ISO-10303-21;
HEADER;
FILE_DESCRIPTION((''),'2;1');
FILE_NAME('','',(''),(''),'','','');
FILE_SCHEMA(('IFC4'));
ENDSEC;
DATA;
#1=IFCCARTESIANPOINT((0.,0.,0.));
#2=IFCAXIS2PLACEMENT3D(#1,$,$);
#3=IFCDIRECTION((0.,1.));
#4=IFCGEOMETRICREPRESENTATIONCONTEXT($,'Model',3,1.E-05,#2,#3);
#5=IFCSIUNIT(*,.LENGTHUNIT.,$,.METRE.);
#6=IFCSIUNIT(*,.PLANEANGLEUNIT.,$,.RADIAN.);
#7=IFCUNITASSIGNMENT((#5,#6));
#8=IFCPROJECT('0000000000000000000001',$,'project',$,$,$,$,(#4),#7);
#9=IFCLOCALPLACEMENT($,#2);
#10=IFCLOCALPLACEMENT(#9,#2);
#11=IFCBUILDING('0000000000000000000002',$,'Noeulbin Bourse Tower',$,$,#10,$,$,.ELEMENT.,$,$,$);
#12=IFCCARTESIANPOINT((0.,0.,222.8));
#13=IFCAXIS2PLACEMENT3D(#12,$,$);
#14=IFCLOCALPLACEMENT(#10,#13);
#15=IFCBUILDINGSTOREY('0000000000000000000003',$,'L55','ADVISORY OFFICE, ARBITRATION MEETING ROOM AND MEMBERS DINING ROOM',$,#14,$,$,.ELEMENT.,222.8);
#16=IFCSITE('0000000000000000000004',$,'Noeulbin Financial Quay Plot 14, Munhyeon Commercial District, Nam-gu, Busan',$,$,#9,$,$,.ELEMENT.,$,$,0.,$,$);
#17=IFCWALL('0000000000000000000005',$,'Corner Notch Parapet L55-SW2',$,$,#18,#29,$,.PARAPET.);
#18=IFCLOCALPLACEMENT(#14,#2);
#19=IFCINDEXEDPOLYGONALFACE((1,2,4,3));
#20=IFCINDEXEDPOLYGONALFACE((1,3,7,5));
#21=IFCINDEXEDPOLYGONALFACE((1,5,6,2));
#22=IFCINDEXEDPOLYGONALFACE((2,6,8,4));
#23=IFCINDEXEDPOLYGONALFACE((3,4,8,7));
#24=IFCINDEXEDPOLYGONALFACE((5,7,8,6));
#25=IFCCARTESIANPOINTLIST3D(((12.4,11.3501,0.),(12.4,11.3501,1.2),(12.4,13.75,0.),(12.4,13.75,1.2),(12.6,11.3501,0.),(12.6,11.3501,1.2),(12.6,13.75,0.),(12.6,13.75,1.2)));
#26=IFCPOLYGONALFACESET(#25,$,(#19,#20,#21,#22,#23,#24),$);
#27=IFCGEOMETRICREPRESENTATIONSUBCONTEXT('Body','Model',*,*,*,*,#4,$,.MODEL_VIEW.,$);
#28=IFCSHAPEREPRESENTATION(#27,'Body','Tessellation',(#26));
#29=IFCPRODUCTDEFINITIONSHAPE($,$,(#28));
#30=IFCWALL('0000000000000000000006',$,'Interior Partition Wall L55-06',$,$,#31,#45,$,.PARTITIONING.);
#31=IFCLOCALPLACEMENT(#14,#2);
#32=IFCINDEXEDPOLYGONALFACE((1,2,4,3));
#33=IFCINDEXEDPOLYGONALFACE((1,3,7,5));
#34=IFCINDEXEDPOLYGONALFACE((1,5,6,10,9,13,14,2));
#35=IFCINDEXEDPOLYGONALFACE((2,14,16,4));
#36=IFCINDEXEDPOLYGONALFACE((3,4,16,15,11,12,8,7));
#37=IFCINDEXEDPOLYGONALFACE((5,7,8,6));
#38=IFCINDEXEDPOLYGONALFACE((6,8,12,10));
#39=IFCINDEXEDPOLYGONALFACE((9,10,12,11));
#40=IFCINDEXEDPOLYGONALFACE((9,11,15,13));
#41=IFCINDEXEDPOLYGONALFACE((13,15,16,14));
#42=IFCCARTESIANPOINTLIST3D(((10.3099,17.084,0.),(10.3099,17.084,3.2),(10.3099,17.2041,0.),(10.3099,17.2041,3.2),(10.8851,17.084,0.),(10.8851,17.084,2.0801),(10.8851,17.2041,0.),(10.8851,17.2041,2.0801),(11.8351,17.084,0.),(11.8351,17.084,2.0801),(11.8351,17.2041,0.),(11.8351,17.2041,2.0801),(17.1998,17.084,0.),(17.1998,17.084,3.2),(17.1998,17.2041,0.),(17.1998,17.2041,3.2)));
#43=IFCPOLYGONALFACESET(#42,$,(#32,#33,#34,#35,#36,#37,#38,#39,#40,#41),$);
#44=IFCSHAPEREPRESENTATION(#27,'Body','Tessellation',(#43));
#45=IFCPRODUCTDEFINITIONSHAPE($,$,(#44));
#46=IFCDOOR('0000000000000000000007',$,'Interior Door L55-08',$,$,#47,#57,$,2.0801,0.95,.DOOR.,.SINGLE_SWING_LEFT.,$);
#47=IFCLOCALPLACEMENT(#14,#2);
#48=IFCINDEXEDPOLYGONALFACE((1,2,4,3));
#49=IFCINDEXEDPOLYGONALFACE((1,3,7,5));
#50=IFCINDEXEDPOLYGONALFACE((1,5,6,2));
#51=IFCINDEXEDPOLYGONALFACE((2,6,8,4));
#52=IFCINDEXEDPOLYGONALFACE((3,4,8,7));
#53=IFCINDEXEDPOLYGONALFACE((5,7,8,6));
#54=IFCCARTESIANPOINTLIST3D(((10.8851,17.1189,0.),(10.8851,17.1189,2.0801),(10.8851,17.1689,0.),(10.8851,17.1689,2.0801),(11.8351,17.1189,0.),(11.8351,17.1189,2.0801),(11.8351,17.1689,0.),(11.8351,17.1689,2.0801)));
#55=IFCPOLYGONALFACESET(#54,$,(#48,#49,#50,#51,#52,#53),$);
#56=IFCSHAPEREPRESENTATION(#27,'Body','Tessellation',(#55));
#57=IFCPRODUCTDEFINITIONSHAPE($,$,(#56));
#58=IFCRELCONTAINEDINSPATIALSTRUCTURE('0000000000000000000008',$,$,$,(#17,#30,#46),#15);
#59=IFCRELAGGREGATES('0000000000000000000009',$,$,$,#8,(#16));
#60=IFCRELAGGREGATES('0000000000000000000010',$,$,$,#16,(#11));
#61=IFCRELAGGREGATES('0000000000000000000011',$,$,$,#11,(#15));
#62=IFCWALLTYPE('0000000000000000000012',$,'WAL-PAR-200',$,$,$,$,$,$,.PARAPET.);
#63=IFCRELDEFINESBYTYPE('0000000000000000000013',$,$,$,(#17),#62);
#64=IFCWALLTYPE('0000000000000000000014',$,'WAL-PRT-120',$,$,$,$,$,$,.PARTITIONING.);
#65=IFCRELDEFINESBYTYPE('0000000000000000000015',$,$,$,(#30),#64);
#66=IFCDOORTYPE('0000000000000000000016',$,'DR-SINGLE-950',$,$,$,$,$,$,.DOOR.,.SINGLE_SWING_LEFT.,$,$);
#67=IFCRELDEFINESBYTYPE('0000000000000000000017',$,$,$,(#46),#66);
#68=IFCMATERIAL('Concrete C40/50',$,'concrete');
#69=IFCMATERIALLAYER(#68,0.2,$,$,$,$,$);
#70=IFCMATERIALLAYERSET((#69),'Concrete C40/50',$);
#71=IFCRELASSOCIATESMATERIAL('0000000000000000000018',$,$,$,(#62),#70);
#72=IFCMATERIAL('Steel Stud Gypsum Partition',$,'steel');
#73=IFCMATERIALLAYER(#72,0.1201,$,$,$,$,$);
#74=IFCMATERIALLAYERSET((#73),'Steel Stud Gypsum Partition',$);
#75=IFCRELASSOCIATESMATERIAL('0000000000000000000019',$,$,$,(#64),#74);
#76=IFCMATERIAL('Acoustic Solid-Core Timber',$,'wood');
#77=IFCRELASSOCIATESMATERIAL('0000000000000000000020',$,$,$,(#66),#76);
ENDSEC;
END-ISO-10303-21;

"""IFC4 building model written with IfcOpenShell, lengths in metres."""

from ifc_helpers import new_model, si_unit, direction, frame, frame_2d, origin, place, context, subcontext, project, spatial, rectangle, extrude, material, layer, layer_set, type_object, element, fill, save


model = new_model("IFC4")

# Units and contexts
model_context = context("Model", 3, precision=1e-05, world=origin(), true_north=direction((0.0, 1.0)))
body_context = subcontext(model_context, "Body", "Model", "MODEL_VIEW")
ifc_project = project(units=[si_unit("LENGTHUNIT", "METRE"), si_unit("PLANEANGLEUNIT", "RADIAN")], contexts=[model_context])

# Site, building, storey
site_placement = place(None, origin())
site = spatial("IfcSite", under=ifc_project, at=site_placement, Name="Noeulbin Financial Quay Plot 14, Munhyeon Commercial District, Nam-gu, Busan", CompositionType="ELEMENT", RefElevation=0.0)
building_placement = place(site_placement, origin())
building = spatial("IfcBuilding", under=site, at=building_placement, Name="Noeulbin Bourse Tower", CompositionType="ELEMENT")
storey_placement = place(building_placement, frame((0.0, 0.0, 222.8)))
storey = spatial("IfcBuildingStorey", under=building, at=storey_placement, Name="L55", Description="ADVISORY OFFICE, ARBITRATION MEETING ROOM AND MEMBERS DINING ROOM", CompositionType="ELEMENT", Elevation=222.8)

# Wall
ifc_material_1 = material(Name="Concrete C40/50", Category="concrete")
ifc_layer_1 = layer(ifc_material_1, 0.2)
ifc_layer_set_1 = layer_set([ifc_layer_1], Name="Concrete C40/50")
wall_type_1 = type_object("IfcWallType", Name="WAL-PAR-200", PredefinedType="PARAPET", material=ifc_layer_set_1)
for number, where, z_axis, x_axis, name in (
    (1, (12.5, 13.75, 0.0), (0.0, 0.0, 1.0), (0.0, -1.0, 0.0), "Corner Notch Parapet L55-SW2"),
):
    element("IfcWall", number, at=place(storey_placement, frame(where, z_axis=z_axis, x_axis=x_axis)), inside=storey, type_object=wall_type_1, Name=name, PredefinedType="PARAPET", context=body_context, shape_type="SweptSolid", body=[
        extrude(rectangle(XDim=2.3999, YDim=0.2, at=frame_2d((1.2, 0.0))), origin(), (0.0, 0.0, 1.0), 1.2),
    ])

# Wall, opening, door
ifc_material_2 = material(Name="Steel Stud Gypsum Partition", Category="steel")
ifc_layer_2 = layer(ifc_material_2, 0.1201)
ifc_layer_set_2 = layer_set([ifc_layer_2], Name="Steel Stud Gypsum Partition")
wall_type_2 = type_object("IfcWallType", Name="WAL-PRT-120", PredefinedType="PARTITIONING", material=ifc_layer_set_2)
wall_placement = place(storey_placement, frame((10.3101, 17.144, 0.0), z_axis=(0.0, 0.0, 1.0), x_axis=(1.0, 0.0, 0.0)))
wall = element("IfcWall", 2, at=wall_placement, inside=storey, type_object=wall_type_2, Name="Interior Partition Wall L55-06", PredefinedType="PARTITIONING", context=body_context, shape_type="SweptSolid", body=[
    extrude(rectangle(XDim=6.8899, YDim=0.1201, at=frame_2d((3.4448, 0.0))), origin(), (0.0, 0.0, 1.0), 3.2),
])
opening_placement = place(wall_placement, frame((0.575, 0.0, 0.0)))
opening = element("IfcOpeningElement", 3, at=opening_placement, cuts=wall, PredefinedType="OPENING", context=body_context, shape_type="SweptSolid", body=[
    extrude(rectangle(XDim=0.95, YDim=2.0801, at=frame_2d((0.4751, 1.04))), frame((0.0, 0.0701, 0.0), z_axis=(0.0, -1.0, 0.0), x_axis=(1.0, 0.0, 0.0)), (0.0, 0.0, 1.0), 0.1401),
])
ifc_material_3 = material(Name="Acoustic Solid-Core Timber", Category="wood")
door_type = type_object("IfcDoorType", Name="DR-SINGLE-950", OperationType="SINGLE_SWING_LEFT", PredefinedType="DOOR", material=ifc_material_3)
door_placement = place(opening_placement, origin())
door = element("IfcDoor", 4, at=door_placement, inside=storey, type_object=door_type, Name="Interior Door L55-08", OperationType="SINGLE_SWING_LEFT", OverallHeight=2.0801, OverallWidth=0.95, PredefinedType="DOOR", context=body_context, shape_type="SweptSolid", body=[
    extrude(rectangle(XDim=0.95, YDim=2.0801, at=frame_2d((0.4751, 1.04))), frame((0.0, 0.0249, 0.0), z_axis=(0.0, -1.0, 0.0), x_axis=(1.0, 0.0, 0.0)), (0.0, 0.0, 1.0), 0.05),
])
fill(opening, door)

save(model, "model.ifc")
